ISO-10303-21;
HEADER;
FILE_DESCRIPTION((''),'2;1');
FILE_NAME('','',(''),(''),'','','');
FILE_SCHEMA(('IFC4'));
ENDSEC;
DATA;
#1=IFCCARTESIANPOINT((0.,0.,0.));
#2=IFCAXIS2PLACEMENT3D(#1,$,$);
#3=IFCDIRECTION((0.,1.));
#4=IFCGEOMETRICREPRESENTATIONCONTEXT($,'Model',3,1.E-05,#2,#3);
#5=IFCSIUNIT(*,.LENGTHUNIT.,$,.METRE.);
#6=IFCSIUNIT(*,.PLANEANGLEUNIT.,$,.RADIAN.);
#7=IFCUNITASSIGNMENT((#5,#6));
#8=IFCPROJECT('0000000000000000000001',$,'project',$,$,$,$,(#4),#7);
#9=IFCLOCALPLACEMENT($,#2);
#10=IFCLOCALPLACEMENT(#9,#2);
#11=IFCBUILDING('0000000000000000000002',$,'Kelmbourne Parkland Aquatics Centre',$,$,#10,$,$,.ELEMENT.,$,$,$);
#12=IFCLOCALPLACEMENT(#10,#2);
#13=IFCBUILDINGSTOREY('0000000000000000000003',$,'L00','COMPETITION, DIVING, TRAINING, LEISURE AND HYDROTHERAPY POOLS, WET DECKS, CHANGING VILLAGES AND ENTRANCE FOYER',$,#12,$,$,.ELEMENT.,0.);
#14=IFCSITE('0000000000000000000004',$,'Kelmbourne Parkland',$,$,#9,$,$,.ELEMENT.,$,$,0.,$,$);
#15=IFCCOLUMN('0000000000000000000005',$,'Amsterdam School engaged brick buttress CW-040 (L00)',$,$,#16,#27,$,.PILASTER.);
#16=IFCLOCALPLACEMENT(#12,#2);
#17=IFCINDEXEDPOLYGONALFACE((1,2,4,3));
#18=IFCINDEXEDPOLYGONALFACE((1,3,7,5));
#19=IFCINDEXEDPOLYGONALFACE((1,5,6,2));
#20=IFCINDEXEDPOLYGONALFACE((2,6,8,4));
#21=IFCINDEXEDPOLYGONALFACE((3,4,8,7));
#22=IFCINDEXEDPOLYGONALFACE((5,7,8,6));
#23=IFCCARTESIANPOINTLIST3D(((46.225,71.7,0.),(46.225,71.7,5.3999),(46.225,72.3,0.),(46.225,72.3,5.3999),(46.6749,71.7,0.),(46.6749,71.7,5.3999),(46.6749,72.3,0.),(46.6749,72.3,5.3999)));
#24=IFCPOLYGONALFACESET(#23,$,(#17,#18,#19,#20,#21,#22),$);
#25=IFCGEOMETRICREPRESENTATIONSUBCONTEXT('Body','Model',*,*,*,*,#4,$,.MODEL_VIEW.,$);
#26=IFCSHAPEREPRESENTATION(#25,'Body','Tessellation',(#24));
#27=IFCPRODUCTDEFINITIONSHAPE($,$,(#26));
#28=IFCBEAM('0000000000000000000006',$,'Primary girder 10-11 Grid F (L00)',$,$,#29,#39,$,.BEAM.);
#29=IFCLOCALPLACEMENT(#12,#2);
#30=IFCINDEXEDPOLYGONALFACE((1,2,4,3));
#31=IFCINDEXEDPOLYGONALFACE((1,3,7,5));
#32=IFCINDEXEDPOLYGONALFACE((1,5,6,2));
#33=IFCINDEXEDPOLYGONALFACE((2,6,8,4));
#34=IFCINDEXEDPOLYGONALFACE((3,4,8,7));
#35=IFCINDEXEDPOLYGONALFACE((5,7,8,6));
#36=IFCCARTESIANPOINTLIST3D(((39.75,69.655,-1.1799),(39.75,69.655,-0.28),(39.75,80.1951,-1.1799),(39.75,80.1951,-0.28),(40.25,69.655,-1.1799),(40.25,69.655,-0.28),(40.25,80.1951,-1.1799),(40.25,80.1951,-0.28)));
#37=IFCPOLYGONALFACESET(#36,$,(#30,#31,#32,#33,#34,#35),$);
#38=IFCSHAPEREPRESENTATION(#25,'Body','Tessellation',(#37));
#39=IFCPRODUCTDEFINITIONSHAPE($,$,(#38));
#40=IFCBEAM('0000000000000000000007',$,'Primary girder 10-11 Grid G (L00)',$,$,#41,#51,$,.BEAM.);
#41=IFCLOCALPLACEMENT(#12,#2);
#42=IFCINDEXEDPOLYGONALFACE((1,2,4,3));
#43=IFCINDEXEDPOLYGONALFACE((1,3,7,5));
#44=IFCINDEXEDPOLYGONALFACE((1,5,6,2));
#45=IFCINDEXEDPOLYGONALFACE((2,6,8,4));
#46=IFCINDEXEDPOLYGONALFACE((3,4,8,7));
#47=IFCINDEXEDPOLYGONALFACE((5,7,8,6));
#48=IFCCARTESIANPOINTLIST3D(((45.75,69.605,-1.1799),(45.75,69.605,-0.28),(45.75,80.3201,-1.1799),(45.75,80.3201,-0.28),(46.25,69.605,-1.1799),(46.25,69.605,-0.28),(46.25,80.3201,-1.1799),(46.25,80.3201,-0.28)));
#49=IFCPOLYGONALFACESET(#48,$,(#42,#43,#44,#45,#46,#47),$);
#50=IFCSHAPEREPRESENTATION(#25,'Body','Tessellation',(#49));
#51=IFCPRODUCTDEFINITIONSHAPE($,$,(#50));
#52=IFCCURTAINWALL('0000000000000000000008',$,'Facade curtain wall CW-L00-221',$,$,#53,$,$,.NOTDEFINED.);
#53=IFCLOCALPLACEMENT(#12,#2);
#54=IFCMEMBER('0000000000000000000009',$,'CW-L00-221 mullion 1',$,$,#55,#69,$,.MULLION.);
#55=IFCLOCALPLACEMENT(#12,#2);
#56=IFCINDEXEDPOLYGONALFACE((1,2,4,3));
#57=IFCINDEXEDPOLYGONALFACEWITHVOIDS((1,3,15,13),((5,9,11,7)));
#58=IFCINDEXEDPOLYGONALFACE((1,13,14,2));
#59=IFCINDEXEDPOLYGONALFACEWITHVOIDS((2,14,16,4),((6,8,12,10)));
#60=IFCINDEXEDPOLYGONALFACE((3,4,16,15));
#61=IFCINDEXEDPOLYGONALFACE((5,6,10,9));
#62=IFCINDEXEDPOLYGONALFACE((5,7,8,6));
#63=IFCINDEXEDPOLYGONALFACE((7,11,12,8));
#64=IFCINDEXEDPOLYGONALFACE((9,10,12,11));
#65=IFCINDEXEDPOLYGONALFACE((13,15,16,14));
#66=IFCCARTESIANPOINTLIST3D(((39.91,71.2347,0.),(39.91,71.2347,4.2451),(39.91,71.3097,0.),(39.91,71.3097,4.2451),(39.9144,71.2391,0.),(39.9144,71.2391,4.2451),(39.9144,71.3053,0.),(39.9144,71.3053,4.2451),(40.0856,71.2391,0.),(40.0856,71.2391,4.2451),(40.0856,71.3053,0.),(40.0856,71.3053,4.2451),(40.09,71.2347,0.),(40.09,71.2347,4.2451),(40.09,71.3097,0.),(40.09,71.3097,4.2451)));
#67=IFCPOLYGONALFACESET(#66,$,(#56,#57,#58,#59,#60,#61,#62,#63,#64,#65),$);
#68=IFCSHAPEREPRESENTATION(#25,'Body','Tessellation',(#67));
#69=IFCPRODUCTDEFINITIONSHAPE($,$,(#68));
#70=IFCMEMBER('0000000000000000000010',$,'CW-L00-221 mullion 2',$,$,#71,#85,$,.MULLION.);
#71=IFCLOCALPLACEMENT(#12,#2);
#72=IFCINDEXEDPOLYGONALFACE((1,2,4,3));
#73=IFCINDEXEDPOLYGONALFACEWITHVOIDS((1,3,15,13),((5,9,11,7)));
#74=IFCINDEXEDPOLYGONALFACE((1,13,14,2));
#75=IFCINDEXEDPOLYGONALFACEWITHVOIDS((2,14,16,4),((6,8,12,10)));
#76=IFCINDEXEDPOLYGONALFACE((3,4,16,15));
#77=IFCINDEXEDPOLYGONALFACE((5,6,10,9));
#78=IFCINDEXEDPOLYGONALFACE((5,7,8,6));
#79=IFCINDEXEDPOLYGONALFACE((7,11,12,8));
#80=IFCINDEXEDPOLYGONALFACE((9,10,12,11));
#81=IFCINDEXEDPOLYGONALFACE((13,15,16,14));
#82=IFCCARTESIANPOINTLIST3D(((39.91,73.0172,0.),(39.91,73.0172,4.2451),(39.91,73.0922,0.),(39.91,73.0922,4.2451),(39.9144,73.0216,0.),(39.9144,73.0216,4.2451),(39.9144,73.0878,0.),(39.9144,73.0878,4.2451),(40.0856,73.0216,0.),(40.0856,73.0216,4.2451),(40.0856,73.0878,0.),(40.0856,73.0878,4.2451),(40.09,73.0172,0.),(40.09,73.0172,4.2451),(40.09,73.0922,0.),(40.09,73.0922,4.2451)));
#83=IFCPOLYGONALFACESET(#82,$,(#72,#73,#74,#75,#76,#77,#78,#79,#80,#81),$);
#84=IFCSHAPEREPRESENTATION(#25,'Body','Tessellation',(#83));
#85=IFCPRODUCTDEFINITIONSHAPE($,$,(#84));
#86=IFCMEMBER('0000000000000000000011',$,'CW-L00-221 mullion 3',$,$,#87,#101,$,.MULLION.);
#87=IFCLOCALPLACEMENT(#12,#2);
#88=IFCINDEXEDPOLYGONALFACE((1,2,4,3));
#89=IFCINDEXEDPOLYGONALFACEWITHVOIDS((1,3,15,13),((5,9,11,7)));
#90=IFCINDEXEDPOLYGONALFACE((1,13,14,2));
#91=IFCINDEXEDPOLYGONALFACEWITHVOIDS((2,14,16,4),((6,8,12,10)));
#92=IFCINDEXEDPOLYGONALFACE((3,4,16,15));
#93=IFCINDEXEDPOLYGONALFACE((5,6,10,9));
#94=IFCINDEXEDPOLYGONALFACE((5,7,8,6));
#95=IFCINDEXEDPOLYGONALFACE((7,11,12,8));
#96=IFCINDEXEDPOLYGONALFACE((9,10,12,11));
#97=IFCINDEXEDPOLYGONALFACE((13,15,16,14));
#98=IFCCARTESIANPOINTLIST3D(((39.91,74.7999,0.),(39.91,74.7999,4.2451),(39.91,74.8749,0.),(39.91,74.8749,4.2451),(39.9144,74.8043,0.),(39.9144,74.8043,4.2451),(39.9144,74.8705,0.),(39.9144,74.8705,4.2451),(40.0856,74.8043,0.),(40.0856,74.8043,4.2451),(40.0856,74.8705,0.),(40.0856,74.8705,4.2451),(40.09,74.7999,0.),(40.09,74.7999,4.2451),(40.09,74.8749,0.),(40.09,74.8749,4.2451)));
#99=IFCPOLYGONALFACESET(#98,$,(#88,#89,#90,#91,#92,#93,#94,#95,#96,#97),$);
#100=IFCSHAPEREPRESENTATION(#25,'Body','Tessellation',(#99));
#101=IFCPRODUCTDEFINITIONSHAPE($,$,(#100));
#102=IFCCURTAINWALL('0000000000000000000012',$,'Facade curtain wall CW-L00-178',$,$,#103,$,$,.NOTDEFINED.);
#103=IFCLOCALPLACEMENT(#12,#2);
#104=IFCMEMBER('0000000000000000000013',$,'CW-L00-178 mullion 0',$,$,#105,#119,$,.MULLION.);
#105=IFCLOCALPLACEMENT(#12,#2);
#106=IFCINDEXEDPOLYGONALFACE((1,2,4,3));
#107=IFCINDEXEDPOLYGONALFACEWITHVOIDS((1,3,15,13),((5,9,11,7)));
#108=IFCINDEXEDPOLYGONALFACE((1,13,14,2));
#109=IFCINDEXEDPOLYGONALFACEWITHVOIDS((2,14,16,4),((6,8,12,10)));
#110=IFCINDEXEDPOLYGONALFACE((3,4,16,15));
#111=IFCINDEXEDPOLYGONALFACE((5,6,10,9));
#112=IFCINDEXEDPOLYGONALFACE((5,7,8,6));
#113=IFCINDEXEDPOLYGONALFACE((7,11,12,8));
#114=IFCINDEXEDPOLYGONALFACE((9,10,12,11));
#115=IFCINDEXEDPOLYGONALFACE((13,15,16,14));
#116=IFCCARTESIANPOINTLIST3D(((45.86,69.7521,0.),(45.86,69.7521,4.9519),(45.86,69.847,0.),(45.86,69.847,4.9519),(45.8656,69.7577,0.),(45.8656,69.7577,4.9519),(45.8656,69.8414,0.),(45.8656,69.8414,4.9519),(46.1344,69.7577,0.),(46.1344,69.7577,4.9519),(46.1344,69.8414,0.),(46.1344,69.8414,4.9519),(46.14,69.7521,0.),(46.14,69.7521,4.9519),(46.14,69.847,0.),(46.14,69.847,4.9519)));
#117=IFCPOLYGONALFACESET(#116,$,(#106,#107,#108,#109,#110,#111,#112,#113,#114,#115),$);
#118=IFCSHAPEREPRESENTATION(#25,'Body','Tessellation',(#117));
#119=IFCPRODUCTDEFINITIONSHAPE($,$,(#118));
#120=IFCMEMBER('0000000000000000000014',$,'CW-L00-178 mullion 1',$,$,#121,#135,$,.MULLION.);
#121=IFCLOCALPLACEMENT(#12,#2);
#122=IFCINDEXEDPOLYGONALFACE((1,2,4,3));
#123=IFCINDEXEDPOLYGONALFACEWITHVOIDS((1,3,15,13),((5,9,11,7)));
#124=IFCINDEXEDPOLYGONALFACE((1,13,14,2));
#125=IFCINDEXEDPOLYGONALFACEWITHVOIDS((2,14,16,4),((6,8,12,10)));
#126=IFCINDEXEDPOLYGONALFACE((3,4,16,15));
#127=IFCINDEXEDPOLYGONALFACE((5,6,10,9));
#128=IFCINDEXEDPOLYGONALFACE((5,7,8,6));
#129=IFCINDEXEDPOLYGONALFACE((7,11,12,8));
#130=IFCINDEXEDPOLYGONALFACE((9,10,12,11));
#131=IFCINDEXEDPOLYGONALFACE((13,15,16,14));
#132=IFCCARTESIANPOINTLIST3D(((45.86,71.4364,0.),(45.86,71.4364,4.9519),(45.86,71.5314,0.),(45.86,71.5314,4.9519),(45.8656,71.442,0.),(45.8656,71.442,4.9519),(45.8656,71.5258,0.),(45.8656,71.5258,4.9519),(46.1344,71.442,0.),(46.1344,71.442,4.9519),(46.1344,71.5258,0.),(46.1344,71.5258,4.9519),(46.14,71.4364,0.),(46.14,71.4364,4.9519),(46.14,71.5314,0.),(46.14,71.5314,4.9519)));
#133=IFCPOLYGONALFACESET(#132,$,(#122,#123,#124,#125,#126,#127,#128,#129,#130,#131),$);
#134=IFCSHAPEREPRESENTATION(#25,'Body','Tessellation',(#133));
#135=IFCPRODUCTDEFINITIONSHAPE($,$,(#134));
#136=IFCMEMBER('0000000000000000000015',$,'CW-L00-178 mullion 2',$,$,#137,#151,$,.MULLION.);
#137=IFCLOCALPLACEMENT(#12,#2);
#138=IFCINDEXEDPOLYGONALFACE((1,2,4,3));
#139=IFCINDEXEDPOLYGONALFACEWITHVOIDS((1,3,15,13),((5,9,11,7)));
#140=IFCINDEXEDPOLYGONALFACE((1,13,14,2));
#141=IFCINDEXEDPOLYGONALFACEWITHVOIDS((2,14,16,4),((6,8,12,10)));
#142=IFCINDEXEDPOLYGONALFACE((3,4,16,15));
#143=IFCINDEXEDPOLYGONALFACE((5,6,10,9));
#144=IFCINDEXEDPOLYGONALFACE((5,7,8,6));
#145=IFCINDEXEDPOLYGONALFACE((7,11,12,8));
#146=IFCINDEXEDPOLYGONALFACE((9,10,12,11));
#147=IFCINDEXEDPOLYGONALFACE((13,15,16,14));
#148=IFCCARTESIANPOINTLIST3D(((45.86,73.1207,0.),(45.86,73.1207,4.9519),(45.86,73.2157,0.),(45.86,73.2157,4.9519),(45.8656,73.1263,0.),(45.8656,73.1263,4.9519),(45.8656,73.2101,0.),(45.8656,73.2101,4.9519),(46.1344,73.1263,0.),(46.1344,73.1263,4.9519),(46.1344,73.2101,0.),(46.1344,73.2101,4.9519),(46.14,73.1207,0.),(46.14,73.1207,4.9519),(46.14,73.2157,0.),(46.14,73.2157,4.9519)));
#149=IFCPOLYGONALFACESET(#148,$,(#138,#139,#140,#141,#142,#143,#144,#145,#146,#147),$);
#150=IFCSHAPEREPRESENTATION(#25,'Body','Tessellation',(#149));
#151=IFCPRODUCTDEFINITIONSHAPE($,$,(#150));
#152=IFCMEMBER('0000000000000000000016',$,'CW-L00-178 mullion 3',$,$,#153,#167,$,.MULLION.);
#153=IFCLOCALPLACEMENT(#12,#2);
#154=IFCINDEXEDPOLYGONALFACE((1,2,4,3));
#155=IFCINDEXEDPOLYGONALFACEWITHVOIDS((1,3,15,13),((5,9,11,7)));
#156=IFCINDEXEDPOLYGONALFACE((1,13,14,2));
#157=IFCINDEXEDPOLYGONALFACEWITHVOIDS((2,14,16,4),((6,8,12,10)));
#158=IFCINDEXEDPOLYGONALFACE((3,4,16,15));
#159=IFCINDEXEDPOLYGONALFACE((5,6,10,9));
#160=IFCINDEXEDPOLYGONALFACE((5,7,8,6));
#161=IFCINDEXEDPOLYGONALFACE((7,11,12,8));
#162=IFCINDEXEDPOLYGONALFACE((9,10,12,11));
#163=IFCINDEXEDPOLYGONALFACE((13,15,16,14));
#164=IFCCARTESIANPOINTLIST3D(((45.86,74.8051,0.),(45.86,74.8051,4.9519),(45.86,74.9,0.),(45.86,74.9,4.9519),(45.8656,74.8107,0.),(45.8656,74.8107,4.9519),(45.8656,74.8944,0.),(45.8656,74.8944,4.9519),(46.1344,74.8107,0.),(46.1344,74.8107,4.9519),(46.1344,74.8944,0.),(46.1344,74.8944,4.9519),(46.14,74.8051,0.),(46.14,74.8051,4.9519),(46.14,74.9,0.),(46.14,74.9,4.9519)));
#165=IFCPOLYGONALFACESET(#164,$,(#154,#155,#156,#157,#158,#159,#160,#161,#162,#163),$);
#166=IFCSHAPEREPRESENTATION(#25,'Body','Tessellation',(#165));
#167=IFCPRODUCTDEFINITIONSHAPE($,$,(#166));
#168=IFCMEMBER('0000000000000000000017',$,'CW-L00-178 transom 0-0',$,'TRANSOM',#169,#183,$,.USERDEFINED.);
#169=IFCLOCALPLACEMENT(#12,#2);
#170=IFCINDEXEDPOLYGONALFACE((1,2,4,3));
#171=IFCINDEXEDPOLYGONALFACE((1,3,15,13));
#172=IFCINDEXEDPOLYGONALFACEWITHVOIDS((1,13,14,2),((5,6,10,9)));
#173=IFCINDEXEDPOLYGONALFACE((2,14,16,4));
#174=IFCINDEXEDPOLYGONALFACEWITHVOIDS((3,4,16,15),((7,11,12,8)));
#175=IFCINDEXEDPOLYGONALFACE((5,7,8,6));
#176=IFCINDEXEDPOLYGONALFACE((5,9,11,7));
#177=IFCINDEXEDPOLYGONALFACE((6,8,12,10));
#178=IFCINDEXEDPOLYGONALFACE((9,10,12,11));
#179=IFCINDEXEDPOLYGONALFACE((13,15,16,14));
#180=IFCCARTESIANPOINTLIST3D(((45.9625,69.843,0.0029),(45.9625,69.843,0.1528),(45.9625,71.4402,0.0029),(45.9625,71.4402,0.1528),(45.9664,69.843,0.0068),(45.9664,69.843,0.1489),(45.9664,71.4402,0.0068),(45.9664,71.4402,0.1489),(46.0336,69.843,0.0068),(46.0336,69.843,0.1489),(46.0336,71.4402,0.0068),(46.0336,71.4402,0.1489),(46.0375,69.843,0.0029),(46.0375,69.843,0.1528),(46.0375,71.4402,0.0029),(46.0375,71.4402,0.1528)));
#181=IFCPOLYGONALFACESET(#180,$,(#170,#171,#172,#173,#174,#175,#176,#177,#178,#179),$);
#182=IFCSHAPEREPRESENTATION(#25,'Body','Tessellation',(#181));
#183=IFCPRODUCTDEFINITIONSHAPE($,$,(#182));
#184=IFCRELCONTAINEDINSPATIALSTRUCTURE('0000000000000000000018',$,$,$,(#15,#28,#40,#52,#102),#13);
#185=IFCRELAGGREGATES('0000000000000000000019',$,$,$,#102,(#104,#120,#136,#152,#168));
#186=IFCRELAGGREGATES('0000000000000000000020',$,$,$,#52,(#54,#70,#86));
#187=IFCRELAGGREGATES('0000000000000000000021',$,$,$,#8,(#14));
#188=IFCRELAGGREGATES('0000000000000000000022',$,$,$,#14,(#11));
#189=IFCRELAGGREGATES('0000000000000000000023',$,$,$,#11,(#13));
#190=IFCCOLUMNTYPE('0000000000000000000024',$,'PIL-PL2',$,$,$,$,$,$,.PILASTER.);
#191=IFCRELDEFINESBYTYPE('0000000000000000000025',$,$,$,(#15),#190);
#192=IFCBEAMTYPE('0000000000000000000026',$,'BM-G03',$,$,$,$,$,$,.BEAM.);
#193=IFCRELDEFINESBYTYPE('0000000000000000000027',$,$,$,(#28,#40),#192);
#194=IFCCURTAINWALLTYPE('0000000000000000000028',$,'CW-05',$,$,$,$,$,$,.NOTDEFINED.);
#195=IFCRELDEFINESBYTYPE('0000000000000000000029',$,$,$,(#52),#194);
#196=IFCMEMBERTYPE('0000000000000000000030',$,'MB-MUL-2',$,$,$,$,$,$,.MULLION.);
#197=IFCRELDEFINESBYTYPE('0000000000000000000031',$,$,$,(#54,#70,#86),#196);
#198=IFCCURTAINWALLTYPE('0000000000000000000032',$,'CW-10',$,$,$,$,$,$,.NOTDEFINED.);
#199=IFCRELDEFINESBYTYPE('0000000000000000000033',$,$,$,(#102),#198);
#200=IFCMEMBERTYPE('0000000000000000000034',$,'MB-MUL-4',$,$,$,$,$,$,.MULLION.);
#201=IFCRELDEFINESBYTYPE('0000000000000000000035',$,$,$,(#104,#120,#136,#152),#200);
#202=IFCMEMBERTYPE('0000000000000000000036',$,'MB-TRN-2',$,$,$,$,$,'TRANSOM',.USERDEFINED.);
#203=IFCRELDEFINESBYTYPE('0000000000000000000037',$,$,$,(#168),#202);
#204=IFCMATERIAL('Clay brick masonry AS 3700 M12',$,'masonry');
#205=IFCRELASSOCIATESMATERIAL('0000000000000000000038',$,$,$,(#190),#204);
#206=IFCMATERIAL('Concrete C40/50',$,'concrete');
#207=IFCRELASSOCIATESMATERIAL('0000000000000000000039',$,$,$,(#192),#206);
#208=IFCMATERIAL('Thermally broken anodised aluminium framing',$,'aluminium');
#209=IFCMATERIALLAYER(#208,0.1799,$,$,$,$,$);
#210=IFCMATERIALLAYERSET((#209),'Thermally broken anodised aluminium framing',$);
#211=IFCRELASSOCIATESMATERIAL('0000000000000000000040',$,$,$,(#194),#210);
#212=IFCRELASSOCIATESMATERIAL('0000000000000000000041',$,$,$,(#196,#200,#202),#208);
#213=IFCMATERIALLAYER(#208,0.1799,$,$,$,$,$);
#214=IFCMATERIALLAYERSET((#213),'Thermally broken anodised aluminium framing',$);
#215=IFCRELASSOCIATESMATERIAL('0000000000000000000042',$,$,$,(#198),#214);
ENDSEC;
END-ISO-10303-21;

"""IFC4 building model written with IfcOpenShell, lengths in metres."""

from ifc_helpers import new_model, si_unit, direction, frame, origin, origin_2d, place, context, subcontext, project, spatial, rectangle, hollow_rectangle, extrude, material, layer, layer_set, material_profile, profile_set, type_object, element, aggregate, save


model = new_model("IFC4")

# Units and contexts
model_context = context("Model", 3, precision=1e-05, world=origin(), true_north=direction((0.0, 1.0)))
body_context = subcontext(model_context, "Body", "Model", "MODEL_VIEW")
ifc_project = project(units=[si_unit("LENGTHUNIT", "METRE"), si_unit("PLANEANGLEUNIT", "RADIAN")], contexts=[model_context])

# Site, building, storey
site_placement = place(None, origin())
site = spatial("IfcSite", under=ifc_project, at=site_placement, Name="Kelmbourne Parkland", CompositionType="ELEMENT", RefElevation=0.0)
building_placement = place(site_placement, origin())
building = spatial("IfcBuilding", under=site, at=building_placement, Name="Kelmbourne Parkland Aquatics Centre", CompositionType="ELEMENT")
storey_placement = place(building_placement, origin())
storey = spatial("IfcBuildingStorey", under=building, at=storey_placement, Name="L00", Description="COMPETITION, DIVING, TRAINING, LEISURE AND HYDROTHERAPY POOLS, WET DECKS, CHANGING VILLAGES AND ENTRANCE FOYER", CompositionType="ELEMENT", Elevation=0.0)

# Column
ifc_material_1 = material(Name="Clay brick masonry AS 3700 M12", Category="masonry")
ifc_material_profile_1 = material_profile(ifc_material_1, rectangle(XDim=0.45, YDim=0.6001, at=origin_2d()), Name="PIL 450x600")
ifc_profile_set_1 = profile_set([ifc_material_profile_1], Name="Clay brick masonry AS 3700 M12")
column_type = type_object("IfcColumnType", Name="PIL-PL2", PredefinedType="PILASTER", material=ifc_profile_set_1)
column_placement = place(storey_placement, frame((46.45, 72.0, 0.0), z_axis=(0.0, 0.0, 1.0), x_axis=(1.0, 0.0, 0.0)))
element("IfcColumn", 1, at=column_placement, inside=storey, type_object=column_type, Name="Amsterdam School engaged brick buttress CW-040 (L00)", PredefinedType="PILASTER", context=body_context, shape_type="SweptSolid", body=[
    extrude(rectangle(XDim=0.45, YDim=0.6001, at=origin_2d()), origin(), (0.0, 0.0, 1.0), 5.3999),
])

# Beams
ifc_material_2 = material(Name="Concrete C40/50", Category="concrete")
ifc_material_profile_2 = material_profile(ifc_material_2, rectangle(XDim=0.5, YDim=0.8999, at=origin_2d()), Name="RC 500x900")
ifc_profile_set_2 = profile_set([ifc_material_profile_2], Name="Concrete C40/50")
beam_type = type_object("IfcBeamType", Name="BM-G03", PredefinedType="BEAM", material=ifc_profile_set_2)
beam_1_placement = place(storey_placement, frame((40.0, 69.655, -0.73), z_axis=(0.0, 1.0, 0.0), x_axis=(-1.0, 0.0, 0.0)))
element("IfcBeam", 2, at=beam_1_placement, inside=storey, type_object=beam_type, Name="Primary girder 10-11 Grid F (L00)", PredefinedType="BEAM", context=body_context, shape_type="SweptSolid", body=[
    extrude(rectangle(XDim=0.5, YDim=0.8999, at=origin_2d()), origin(), (0.0, 0.0, 1.0), 10.54),
])
beam_2_placement = place(storey_placement, frame((46.0, 69.605, -0.73), z_axis=(0.0, 1.0, 0.0), x_axis=(-1.0, 0.0, 0.0)))
element("IfcBeam", 3, at=beam_2_placement, inside=storey, type_object=beam_type, Name="Primary girder 10-11 Grid G (L00)", PredefinedType="BEAM", context=body_context, shape_type="SweptSolid", body=[
    extrude(rectangle(XDim=0.5, YDim=0.8999, at=origin_2d()), origin(), (0.0, 0.0, 1.0), 10.7151),
])

# Curtain walls, members
ifc_material_3 = material(Name="Thermally broken anodised aluminium framing", Category="aluminium")
ifc_layer_1 = layer(ifc_material_3, 0.1799)
ifc_layer_set_1 = layer_set([ifc_layer_1], Name="Thermally broken anodised aluminium framing")
curtain_wall_type_1 = type_object("IfcCurtainWallType", Name="CW-05", PredefinedType="NOTDEFINED", material=ifc_layer_set_1)
curtain_wall_1_placement = place(storey_placement, origin())
curtain_wall_1 = element("IfcCurtainWall", 4, at=curtain_wall_1_placement, inside=storey, type_object=curtain_wall_type_1, Name="Facade curtain wall CW-L00-221", PredefinedType="NOTDEFINED")
ifc_material_profile_3 = material_profile(ifc_material_3, hollow_rectangle(XDim=0.075, YDim=0.1799, WallThickness=0.0044, at=origin_2d()), Name="CW-M 75x180")
ifc_profile_set_3 = profile_set([ifc_material_profile_3], Name="Thermally broken anodised aluminium framing")
member_type_1 = type_object("IfcMemberType", Name="MB-MUL-2", PredefinedType="MULLION", material=ifc_profile_set_3)
member_1_placement = place(storey_placement, frame((40.0, 71.2722, 0.0), z_axis=(0.0, 0.0, 1.0), x_axis=(0.0, 1.0, 0.0)))
member_1 = element("IfcMember", 5, at=member_1_placement, type_object=member_type_1, Name="CW-L00-221 mullion 1", PredefinedType="MULLION", context=body_context, shape_type="SweptSolid", body=[
    extrude(hollow_rectangle(XDim=0.075, YDim=0.1799, WallThickness=0.0044, at=origin_2d()), origin(), (0.0, 0.0, 1.0), 4.2451),
])
member_2_placement = place(storey_placement, frame((40.0, 73.0547, 0.0), z_axis=(0.0, 0.0, 1.0), x_axis=(0.0, 1.0, 0.0)))
member_2 = element("IfcMember", 6, at=member_2_placement, type_object=member_type_1, Name="CW-L00-221 mullion 2", PredefinedType="MULLION", context=body_context, shape_type="SweptSolid", body=[
    extrude(hollow_rectangle(XDim=0.075, YDim=0.1799, WallThickness=0.0044, at=origin_2d()), origin(), (0.0, 0.0, 1.0), 4.2451),
])
member_3_placement = place(storey_placement, frame((40.0, 74.8374, 0.0), z_axis=(0.0, 0.0, 1.0), x_axis=(0.0, 1.0, 0.0)))
member_3 = element("IfcMember", 7, at=member_3_placement, type_object=member_type_1, Name="CW-L00-221 mullion 3", PredefinedType="MULLION", context=body_context, shape_type="SweptSolid", body=[
    extrude(hollow_rectangle(XDim=0.075, YDim=0.1799, WallThickness=0.0044, at=origin_2d()), origin(), (0.0, 0.0, 1.0), 4.2451),
])
ifc_layer_2 = layer(ifc_material_3, 0.1799)
ifc_layer_set_2 = layer_set([ifc_layer_2], Name="Thermally broken anodised aluminium framing")
curtain_wall_type_2 = type_object("IfcCurtainWallType", Name="CW-10", PredefinedType="NOTDEFINED", material=ifc_layer_set_2)
curtain_wall_2_placement = place(storey_placement, origin())
curtain_wall_2 = element("IfcCurtainWall", 8, at=curtain_wall_2_placement, inside=storey, type_object=curtain_wall_type_2, Name="Facade curtain wall CW-L00-178", PredefinedType="NOTDEFINED")
ifc_material_profile_4 = material_profile(ifc_material_3, hollow_rectangle(XDim=0.095, YDim=0.28, WallThickness=0.0056, at=origin_2d()), Name="CW-M 95x280")
ifc_profile_set_4 = profile_set([ifc_material_profile_4], Name="Thermally broken anodised aluminium framing")
member_type_2 = type_object("IfcMemberType", Name="MB-MUL-4", PredefinedType="MULLION", material=ifc_profile_set_4)
member_4_placement = place(storey_placement, frame((46.0, 69.7996, 0.0), z_axis=(0.0, 0.0, 1.0), x_axis=(0.0, 1.0, 0.0)))
member_4 = element("IfcMember", 9, at=member_4_placement, type_object=member_type_2, Name="CW-L00-178 mullion 0", PredefinedType="MULLION", context=body_context, shape_type="SweptSolid", body=[
    extrude(hollow_rectangle(XDim=0.095, YDim=0.28, WallThickness=0.0056, at=origin_2d()), origin(), (0.0, 0.0, 1.0), 4.9519),
])
member_5_placement = place(storey_placement, frame((46.0, 71.4839, 0.0), z_axis=(0.0, 0.0, 1.0), x_axis=(0.0, 1.0, 0.0)))
member_5 = element("IfcMember", 10, at=member_5_placement, type_object=member_type_2, Name="CW-L00-178 mullion 1", PredefinedType="MULLION", context=body_context, shape_type="SweptSolid", body=[
    extrude(hollow_rectangle(XDim=0.095, YDim=0.28, WallThickness=0.0056, at=origin_2d()), origin(), (0.0, 0.0, 1.0), 4.9519),
])
member_6_placement = place(storey_placement, frame((46.0, 73.1682, 0.0), z_axis=(0.0, 0.0, 1.0), x_axis=(0.0, 1.0, 0.0)))
member_6 = element("IfcMember", 11, at=member_6_placement, type_object=member_type_2, Name="CW-L00-178 mullion 2", PredefinedType="MULLION", context=body_context, shape_type="SweptSolid", body=[
    extrude(hollow_rectangle(XDim=0.095, YDim=0.28, WallThickness=0.0056, at=origin_2d()), origin(), (0.0, 0.0, 1.0), 4.9519),
])
member_7_placement = place(storey_placement, frame((46.0, 74.8525, 0.0), z_axis=(0.0, 0.0, 1.0), x_axis=(0.0, 1.0, 0.0)))
member_7 = element("IfcMember", 12, at=member_7_placement, type_object=member_type_2, Name="CW-L00-178 mullion 3", PredefinedType="MULLION", context=body_context, shape_type="SweptSolid", body=[
    extrude(hollow_rectangle(XDim=0.095, YDim=0.28, WallThickness=0.0056, at=origin_2d()), origin(), (0.0, 0.0, 1.0), 4.9519),
])
ifc_material_profile_5 = material_profile(ifc_material_3, hollow_rectangle(XDim=0.075, YDim=0.1499, WallThickness=0.0039, at=origin_2d()), Name="CW-T 75x150")
ifc_profile_set_5 = profile_set([ifc_material_profile_5], Name="Thermally broken anodised aluminium framing")
member_type_3 = type_object("IfcMemberType", Name="MB-TRN-2", ElementType="TRANSOM", PredefinedType="USERDEFINED", material=ifc_profile_set_5)
member_8_placement = place(storey_placement, frame((46.0, 69.843, 0.0779), z_axis=(0.0, 1.0, 0.0), x_axis=(-1.0, 0.0, 0.0)))
member_8 = element("IfcMember", 13, at=member_8_placement, type_object=member_type_3, Name="CW-L00-178 transom 0-0", ObjectType="TRANSOM", PredefinedType="USERDEFINED", context=body_context, shape_type="SweptSolid", body=[
    extrude(hollow_rectangle(XDim=0.075, YDim=0.1499, WallThickness=0.0039, at=origin_2d()), origin(), (0.0, 0.0, 1.0), 1.5972),
])

aggregate(curtain_wall_2, [member_4, member_5, member_6, member_7, member_8])
aggregate(curtain_wall_1, [member_1, member_2, member_3])

save(model, "model.ifc")
